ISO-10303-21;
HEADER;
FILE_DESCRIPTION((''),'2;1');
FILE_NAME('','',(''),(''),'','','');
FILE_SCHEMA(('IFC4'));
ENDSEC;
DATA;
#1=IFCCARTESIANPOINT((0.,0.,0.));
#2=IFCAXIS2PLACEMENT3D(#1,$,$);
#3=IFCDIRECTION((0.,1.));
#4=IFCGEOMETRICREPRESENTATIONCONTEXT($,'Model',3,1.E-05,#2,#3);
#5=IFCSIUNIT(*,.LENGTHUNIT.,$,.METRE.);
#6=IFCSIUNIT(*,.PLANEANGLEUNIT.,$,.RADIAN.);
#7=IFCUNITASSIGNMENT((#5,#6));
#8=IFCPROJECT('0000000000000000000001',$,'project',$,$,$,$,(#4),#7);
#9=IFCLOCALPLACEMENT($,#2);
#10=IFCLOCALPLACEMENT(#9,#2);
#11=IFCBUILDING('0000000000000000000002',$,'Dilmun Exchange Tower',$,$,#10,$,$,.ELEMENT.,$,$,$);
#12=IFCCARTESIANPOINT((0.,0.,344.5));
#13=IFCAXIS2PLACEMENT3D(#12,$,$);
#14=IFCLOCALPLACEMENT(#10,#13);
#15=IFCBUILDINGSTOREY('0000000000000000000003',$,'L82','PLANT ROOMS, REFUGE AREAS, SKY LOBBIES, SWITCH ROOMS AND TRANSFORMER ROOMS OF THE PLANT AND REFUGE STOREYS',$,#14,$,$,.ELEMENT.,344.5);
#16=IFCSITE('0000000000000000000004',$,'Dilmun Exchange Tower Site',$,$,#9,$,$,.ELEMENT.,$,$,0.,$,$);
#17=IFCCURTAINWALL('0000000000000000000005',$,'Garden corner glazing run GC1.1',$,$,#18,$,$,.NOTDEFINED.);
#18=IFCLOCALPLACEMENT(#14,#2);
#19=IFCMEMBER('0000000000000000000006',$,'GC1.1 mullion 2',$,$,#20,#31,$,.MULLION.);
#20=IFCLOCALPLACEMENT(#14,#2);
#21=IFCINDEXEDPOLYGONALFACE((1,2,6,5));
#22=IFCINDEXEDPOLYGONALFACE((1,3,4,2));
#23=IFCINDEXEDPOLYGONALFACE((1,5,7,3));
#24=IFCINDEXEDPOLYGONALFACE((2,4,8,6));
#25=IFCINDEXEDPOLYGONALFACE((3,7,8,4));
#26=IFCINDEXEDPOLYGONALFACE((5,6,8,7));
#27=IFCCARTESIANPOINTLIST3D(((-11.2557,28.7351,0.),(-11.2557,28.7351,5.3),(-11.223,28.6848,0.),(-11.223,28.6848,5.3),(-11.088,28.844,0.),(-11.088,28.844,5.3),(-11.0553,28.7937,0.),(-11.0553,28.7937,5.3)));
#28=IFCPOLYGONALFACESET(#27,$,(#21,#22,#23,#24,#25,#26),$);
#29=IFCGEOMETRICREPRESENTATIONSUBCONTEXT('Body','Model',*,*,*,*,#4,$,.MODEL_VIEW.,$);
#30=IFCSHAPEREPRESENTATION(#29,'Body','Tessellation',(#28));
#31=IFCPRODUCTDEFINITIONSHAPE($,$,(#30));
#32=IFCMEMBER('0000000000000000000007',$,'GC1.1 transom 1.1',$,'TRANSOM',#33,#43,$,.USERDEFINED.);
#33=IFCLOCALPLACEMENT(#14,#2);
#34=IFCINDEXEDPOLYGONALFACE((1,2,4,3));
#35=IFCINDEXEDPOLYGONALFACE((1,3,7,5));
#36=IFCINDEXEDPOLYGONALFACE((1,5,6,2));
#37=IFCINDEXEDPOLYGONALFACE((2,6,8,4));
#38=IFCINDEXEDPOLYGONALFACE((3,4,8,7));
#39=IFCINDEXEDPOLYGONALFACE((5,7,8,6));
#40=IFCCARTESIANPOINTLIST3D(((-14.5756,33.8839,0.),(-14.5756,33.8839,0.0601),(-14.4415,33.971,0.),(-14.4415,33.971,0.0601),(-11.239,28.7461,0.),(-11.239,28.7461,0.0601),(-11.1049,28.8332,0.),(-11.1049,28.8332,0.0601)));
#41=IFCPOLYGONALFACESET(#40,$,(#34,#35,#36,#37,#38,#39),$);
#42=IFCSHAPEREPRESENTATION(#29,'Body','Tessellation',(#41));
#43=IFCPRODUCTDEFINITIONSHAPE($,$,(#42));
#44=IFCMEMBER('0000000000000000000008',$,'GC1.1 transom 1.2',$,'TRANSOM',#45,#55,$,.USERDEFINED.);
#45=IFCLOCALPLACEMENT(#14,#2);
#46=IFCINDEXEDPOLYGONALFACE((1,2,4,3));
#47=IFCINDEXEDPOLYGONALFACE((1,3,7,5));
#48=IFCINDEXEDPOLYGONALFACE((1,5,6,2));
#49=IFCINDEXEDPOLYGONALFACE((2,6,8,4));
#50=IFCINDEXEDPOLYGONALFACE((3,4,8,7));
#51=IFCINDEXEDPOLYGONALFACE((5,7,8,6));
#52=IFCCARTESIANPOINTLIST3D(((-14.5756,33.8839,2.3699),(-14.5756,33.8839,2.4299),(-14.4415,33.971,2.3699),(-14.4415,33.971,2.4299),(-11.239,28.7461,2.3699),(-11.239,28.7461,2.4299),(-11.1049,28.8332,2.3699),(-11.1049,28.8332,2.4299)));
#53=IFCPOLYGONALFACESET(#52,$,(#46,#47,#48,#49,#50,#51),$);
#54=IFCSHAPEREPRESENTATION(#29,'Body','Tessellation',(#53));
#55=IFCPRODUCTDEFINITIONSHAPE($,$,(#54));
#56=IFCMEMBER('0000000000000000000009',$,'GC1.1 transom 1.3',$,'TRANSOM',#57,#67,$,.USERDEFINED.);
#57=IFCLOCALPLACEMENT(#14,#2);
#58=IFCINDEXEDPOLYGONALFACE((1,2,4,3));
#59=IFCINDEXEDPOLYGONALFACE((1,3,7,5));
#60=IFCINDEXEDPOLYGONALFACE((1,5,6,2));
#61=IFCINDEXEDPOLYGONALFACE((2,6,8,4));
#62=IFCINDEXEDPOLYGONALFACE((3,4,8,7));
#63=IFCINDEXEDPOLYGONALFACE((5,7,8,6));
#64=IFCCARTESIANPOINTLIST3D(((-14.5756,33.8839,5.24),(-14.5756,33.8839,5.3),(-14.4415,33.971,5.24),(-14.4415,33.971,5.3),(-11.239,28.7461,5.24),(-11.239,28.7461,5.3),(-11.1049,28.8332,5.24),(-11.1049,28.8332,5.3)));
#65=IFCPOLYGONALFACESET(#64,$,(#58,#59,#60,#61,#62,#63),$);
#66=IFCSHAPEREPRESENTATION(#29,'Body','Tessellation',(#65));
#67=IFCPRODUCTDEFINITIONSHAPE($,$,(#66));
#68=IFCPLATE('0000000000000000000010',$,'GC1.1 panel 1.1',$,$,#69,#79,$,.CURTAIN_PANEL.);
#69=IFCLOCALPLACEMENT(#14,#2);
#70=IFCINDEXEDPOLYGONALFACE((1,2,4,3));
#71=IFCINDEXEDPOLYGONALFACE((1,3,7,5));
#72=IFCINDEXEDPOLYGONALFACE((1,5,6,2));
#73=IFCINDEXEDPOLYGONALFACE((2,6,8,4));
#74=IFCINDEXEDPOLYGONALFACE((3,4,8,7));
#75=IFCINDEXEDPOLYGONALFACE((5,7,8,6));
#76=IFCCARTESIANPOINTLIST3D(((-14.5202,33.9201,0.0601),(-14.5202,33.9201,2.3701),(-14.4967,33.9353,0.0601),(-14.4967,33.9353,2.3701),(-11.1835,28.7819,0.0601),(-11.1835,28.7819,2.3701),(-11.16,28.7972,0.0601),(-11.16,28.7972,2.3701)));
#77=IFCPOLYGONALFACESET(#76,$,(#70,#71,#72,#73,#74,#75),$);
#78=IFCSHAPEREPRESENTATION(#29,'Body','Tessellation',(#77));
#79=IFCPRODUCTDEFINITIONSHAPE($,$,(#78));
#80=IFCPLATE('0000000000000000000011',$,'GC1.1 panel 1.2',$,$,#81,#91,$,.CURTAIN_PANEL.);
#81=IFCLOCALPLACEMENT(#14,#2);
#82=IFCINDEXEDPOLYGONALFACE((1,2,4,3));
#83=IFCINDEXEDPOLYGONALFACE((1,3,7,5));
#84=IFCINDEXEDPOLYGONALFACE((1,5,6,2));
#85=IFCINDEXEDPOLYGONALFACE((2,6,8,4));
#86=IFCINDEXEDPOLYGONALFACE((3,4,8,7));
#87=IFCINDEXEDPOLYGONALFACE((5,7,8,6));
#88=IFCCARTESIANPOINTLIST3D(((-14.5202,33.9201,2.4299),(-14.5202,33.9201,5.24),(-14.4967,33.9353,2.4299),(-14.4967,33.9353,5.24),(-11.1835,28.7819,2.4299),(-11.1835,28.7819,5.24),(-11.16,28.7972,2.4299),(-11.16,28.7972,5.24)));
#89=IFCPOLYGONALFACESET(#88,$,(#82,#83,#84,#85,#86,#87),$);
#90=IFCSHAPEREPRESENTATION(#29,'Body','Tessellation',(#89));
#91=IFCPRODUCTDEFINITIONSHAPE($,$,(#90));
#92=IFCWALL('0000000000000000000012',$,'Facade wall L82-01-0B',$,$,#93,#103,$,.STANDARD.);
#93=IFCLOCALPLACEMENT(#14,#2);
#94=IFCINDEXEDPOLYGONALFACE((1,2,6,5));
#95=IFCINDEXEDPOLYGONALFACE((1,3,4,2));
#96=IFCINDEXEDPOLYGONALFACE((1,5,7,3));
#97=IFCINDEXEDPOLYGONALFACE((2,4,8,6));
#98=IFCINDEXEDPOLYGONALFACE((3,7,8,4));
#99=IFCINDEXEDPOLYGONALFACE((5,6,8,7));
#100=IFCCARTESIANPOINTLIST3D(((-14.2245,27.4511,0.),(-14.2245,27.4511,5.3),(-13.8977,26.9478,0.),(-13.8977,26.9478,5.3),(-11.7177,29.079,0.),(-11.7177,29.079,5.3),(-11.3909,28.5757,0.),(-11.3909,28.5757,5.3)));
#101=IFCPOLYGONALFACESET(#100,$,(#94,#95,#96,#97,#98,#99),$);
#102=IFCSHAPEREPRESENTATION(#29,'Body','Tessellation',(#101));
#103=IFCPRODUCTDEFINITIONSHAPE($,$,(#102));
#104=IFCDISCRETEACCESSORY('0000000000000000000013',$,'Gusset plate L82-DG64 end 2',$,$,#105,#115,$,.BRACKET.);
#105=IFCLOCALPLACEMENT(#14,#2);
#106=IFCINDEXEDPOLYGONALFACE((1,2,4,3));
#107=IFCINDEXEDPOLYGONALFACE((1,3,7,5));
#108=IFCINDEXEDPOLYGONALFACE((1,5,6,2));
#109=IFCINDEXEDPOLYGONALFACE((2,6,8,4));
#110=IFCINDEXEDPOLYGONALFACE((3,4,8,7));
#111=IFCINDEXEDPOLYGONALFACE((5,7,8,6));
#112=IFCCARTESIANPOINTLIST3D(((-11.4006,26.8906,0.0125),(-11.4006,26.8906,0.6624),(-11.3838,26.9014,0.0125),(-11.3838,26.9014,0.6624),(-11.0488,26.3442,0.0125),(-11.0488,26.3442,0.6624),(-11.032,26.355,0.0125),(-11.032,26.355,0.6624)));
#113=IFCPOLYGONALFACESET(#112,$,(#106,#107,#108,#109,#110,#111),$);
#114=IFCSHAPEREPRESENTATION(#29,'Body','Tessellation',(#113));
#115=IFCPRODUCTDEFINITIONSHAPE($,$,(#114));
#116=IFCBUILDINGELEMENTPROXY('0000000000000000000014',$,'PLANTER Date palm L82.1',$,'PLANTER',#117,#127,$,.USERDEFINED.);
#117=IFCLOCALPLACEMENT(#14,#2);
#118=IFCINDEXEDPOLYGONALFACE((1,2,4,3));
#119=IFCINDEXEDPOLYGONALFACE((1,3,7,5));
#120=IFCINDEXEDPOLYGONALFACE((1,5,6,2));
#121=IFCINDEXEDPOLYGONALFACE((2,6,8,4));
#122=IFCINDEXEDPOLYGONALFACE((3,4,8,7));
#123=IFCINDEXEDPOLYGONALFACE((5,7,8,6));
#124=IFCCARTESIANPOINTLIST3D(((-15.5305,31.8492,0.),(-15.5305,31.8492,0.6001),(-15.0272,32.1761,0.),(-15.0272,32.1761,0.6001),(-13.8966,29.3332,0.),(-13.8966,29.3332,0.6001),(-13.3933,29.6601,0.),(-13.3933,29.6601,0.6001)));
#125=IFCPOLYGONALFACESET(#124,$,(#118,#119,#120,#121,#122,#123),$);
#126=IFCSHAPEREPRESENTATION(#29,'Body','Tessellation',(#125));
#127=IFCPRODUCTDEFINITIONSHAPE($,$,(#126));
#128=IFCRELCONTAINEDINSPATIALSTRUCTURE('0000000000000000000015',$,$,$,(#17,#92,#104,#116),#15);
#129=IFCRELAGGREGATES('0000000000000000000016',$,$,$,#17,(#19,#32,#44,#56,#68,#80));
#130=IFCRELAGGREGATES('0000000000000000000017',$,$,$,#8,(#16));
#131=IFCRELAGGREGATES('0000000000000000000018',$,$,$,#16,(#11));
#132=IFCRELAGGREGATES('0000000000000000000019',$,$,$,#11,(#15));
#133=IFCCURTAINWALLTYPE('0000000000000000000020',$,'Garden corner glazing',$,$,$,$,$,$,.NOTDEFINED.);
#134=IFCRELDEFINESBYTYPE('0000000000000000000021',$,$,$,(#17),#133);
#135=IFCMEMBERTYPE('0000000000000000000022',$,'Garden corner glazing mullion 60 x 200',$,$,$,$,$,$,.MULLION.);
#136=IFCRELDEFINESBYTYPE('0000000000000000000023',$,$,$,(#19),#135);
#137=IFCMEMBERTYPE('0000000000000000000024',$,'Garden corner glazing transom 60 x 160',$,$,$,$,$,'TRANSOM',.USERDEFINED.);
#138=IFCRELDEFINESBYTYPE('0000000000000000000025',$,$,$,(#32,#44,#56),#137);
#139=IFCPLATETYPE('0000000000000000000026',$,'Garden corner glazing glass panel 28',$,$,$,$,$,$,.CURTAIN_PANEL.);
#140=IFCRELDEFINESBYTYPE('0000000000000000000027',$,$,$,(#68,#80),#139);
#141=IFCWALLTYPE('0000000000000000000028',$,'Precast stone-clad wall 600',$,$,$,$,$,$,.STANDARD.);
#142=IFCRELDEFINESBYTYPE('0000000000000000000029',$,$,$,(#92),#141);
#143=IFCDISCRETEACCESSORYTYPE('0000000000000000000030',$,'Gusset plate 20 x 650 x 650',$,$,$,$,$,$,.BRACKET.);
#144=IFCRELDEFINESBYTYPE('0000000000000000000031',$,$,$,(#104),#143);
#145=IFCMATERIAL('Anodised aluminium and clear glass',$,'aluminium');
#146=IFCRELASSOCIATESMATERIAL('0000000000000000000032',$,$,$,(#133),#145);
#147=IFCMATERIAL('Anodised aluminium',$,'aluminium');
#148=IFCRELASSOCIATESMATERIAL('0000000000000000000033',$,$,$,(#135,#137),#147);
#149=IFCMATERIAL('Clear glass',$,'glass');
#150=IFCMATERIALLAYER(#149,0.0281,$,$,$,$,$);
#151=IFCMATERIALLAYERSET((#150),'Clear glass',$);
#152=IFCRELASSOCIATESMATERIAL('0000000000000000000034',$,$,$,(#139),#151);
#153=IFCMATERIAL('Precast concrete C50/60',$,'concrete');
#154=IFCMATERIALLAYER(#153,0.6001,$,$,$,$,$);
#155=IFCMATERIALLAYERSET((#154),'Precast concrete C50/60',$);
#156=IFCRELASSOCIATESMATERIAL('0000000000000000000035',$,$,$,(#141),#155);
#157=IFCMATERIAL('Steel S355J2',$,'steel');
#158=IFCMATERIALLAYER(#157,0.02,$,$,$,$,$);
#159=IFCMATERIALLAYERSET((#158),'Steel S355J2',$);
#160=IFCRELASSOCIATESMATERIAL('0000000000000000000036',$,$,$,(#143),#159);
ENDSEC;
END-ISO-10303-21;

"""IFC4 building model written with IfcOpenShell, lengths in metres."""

from ifc_helpers import new_model, si_unit, direction, frame, frame_2d, origin, origin_2d, place, context, subcontext, project, spatial, rectangle, extrude, material, layer, layer_set, material_profile, profile_set, type_object, element, aggregate, save


model = new_model("IFC4")

# Units and contexts
model_context = context("Model", 3, precision=1e-05, world=origin(), true_north=direction((0.0, 1.0)))
body_context = subcontext(model_context, "Body", "Model", "MODEL_VIEW")
ifc_project = project(units=[si_unit("LENGTHUNIT", "METRE"), si_unit("PLANEANGLEUNIT", "RADIAN")], contexts=[model_context])

# Site, building, storey
site_placement = place(None, origin())
site = spatial("IfcSite", under=ifc_project, at=site_placement, Name="Dilmun Exchange Tower Site", CompositionType="ELEMENT", RefElevation=0.0)
building_placement = place(site_placement, origin())
building = spatial("IfcBuilding", under=site, at=building_placement, Name="Dilmun Exchange Tower", CompositionType="ELEMENT")
storey_placement = place(building_placement, frame((0.0, 0.0, 344.5)))
storey = spatial("IfcBuildingStorey", under=building, at=storey_placement, Name="L82", Description="PLANT ROOMS, REFUGE AREAS, SKY LOBBIES, SWITCH ROOMS AND TRANSFORMER ROOMS OF THE PLANT AND REFUGE STOREYS", CompositionType="ELEMENT", Elevation=344.5)

# Curtain wall, members, plates
ifc_material_1 = material(Name="Anodised aluminium and clear glass", Category="aluminium")
curtain_wall_type = type_object("IfcCurtainWallType", Name="Garden corner glazing", PredefinedType="NOTDEFINED", material=ifc_material_1)
curtain_wall_placement = place(storey_placement, origin())
curtain_wall = element("IfcCurtainWall", 1, at=curtain_wall_placement, inside=storey, type_object=curtain_wall_type, Name="Garden corner glazing run GC1.1", PredefinedType="NOTDEFINED")
ifc_material_2 = material(Name="Anodised aluminium", Category="aluminium")
ifc_material_profile_1 = material_profile(ifc_material_2, rectangle(XDim=0.2, YDim=0.0601, at=origin_2d()), Name="AL 60x200")
ifc_profile_set_1 = profile_set([ifc_material_profile_1], Name="Anodised aluminium")
member_type_1 = type_object("IfcMemberType", Name="Garden corner glazing mullion 60 x 200", PredefinedType="MULLION", material=ifc_profile_set_1)
member_1_placement = place(storey_placement, frame((-11.1555, 28.7644, 0.0), z_axis=(0.0, 0.0, 1.0), x_axis=(0.838674, 0.544633, 0.0)))
member_1 = element("IfcMember", 2, at=member_1_placement, type_object=member_type_1, Name="GC1.1 mullion 2", PredefinedType="MULLION", context=body_context, shape_type="SweptSolid", body=[
    extrude(rectangle(XDim=0.2, YDim=0.0601, at=origin_2d()), origin(), (0.0, 0.0, 1.0), 5.3),
])
ifc_material_profile_2 = material_profile(ifc_material_2, rectangle(XDim=0.1599, YDim=0.0601, at=origin_2d()), Name="AL 60x160")
ifc_profile_set_2 = profile_set([ifc_material_profile_2], Name="Anodised aluminium")
member_type_2 = type_object("IfcMemberType", Name="Garden corner glazing transom 60 x 160", ElementType="TRANSOM", PredefinedType="USERDEFINED", material=ifc_profile_set_2)
member_2_placement = place(storey_placement, frame((-14.5085, 33.9275, 0.03), z_axis=(0.544645, -0.838667, 0.0), x_axis=(0.838667, 0.544645, 0.0)))
member_2 = element("IfcMember", 3, at=member_2_placement, type_object=member_type_2, Name="GC1.1 transom 1.1", ObjectType="TRANSOM", PredefinedType="USERDEFINED", context=body_context, shape_type="SweptSolid", body=[
    extrude(rectangle(XDim=0.1599, YDim=0.0601, at=origin_2d()), origin(), (0.0, 0.0, 1.0), 6.1262),
])
member_3_placement = place(storey_placement, frame((-14.5085, 33.9275, 2.3999), z_axis=(0.544645, -0.838667, 0.0), x_axis=(0.838667, 0.544645, 0.0)))
member_3 = element("IfcMember", 4, at=member_3_placement, type_object=member_type_2, Name="GC1.1 transom 1.2", ObjectType="TRANSOM", PredefinedType="USERDEFINED", context=body_context, shape_type="SweptSolid", body=[
    extrude(rectangle(XDim=0.1599, YDim=0.0601, at=origin_2d()), origin(), (0.0, 0.0, 1.0), 6.1262),
])
member_4_placement = place(storey_placement, frame((-14.5085, 33.9275, 5.27), z_axis=(0.544645, -0.838667, 0.0), x_axis=(0.838667, 0.544645, 0.0)))
member_4 = element("IfcMember", 5, at=member_4_placement, type_object=member_type_2, Name="GC1.1 transom 1.3", ObjectType="TRANSOM", PredefinedType="USERDEFINED", context=body_context, shape_type="SweptSolid", body=[
    extrude(rectangle(XDim=0.1599, YDim=0.0601, at=origin_2d()), origin(), (0.0, 0.0, 1.0), 6.1262),
])
ifc_material_3 = material(Name="Clear glass", Category="glass")
ifc_layer_1 = layer(ifc_material_3, 0.0281)
ifc_layer_set_1 = layer_set([ifc_layer_1], Name="Clear glass")
plate_type = type_object("IfcPlateType", Name="Garden corner glazing glass panel 28", PredefinedType="CURTAIN_PANEL", material=ifc_layer_set_1)
plate_1_placement = place(storey_placement, frame((-12.8401, 31.3586, 0.0601), z_axis=(0.0, 0.0, 1.0), x_axis=(0.544633, -0.838674, 0.0)))
plate_1 = element("IfcPlate", 6, at=plate_1_placement, type_object=plate_type, Name="GC1.1 panel 1.1", PredefinedType="CURTAIN_PANEL", context=body_context, shape_type="SweptSolid", body=[
    extrude(rectangle(XDim=6.1265, YDim=0.0281, at=origin_2d()), origin(), (0.0, 0.0, 1.0), 2.3101),
])
plate_2_placement = place(storey_placement, frame((-12.8401, 31.3586, 2.4299), z_axis=(0.0, 0.0, 1.0), x_axis=(0.544633, -0.838674, 0.0)))
plate_2 = element("IfcPlate", 7, at=plate_2_placement, type_object=plate_type, Name="GC1.1 panel 1.2", PredefinedType="CURTAIN_PANEL", context=body_context, shape_type="SweptSolid", body=[
    extrude(rectangle(XDim=6.1265, YDim=0.0281, at=origin_2d()), origin(), (0.0, 0.0, 1.0), 2.8101),
])
aggregate(curtain_wall, [member_1, member_2, member_3, member_4, plate_1, plate_2])

# Wall
ifc_material_4 = material(Name="Precast concrete C50/60", Category="concrete")
ifc_layer_2 = layer(ifc_material_4, 0.6001)
ifc_layer_set_2 = layer_set([ifc_layer_2], Name="Precast concrete C50/60")
wall_type = type_object("IfcWallType", Name="Precast stone-clad wall 600", PredefinedType="STANDARD", material=ifc_layer_set_2)
wall_1_placement = place(storey_placement, frame((-11.5542, 28.8274, 0.0), z_axis=(0.0, 0.0, 1.0), x_axis=(-0.838675, -0.544632, 0.0)))
element("IfcWall", 8, at=wall_1_placement, inside=storey, type_object=wall_type, Name="Facade wall L82-01-0B", PredefinedType="STANDARD", context=body_context, shape_type="SweptSolid", body=[
    extrude(rectangle(XDim=2.989, YDim=0.6001, at=frame_2d((1.4946, 0.0))), origin(), (0.0, 0.0, 1.0), 5.3),
])

# Discrete accessory
ifc_material_5 = material(Name="Steel S355J2", Category="steel")
ifc_layer_3 = layer(ifc_material_5, 0.02)
ifc_layer_set_3 = layer_set([ifc_layer_3], Name="Steel S355J2")
discrete_accessory_type = type_object("IfcDiscreteAccessoryType", Name="Gusset plate 20 x 650 x 650", PredefinedType="BRACKET", material=ifc_layer_set_3)
discrete_accessory_placement = place(storey_placement, frame((-11.2163, 26.6228, 0.0125), z_axis=(0.0, 0.0, 1.0), x_axis=(-0.541318, 0.840818, 0.0)))
element("IfcDiscreteAccessory", 9, at=discrete_accessory_placement, inside=storey, type_object=discrete_accessory_type, Name="Gusset plate L82-DG64 end 2", PredefinedType="BRACKET", context=body_context, shape_type="SweptSolid", body=[
    extrude(rectangle(XDim=0.6499, YDim=0.02, at=origin_2d()), origin(), (0.0, 0.0, 1.0), 0.6499),
])

# Building element proxy
proxy_placement = place(storey_placement, frame((-14.4619, 30.7546, 0.0), z_axis=(0.0, 0.0, 1.0), x_axis=(-0.544639, 0.838671, 0.0)))
element("IfcBuildingElementProxy", 10, at=proxy_placement, inside=storey, Name="PLANTER Date palm L82.1", ObjectType="PLANTER", PredefinedType="USERDEFINED", context=body_context, shape_type="SweptSolid", body=[
    extrude(rectangle(XDim=3.0, YDim=0.6001, at=origin_2d()), origin(), (0.0, 0.0, 1.0), 0.6001),
])

save(model, "model.ifc")
